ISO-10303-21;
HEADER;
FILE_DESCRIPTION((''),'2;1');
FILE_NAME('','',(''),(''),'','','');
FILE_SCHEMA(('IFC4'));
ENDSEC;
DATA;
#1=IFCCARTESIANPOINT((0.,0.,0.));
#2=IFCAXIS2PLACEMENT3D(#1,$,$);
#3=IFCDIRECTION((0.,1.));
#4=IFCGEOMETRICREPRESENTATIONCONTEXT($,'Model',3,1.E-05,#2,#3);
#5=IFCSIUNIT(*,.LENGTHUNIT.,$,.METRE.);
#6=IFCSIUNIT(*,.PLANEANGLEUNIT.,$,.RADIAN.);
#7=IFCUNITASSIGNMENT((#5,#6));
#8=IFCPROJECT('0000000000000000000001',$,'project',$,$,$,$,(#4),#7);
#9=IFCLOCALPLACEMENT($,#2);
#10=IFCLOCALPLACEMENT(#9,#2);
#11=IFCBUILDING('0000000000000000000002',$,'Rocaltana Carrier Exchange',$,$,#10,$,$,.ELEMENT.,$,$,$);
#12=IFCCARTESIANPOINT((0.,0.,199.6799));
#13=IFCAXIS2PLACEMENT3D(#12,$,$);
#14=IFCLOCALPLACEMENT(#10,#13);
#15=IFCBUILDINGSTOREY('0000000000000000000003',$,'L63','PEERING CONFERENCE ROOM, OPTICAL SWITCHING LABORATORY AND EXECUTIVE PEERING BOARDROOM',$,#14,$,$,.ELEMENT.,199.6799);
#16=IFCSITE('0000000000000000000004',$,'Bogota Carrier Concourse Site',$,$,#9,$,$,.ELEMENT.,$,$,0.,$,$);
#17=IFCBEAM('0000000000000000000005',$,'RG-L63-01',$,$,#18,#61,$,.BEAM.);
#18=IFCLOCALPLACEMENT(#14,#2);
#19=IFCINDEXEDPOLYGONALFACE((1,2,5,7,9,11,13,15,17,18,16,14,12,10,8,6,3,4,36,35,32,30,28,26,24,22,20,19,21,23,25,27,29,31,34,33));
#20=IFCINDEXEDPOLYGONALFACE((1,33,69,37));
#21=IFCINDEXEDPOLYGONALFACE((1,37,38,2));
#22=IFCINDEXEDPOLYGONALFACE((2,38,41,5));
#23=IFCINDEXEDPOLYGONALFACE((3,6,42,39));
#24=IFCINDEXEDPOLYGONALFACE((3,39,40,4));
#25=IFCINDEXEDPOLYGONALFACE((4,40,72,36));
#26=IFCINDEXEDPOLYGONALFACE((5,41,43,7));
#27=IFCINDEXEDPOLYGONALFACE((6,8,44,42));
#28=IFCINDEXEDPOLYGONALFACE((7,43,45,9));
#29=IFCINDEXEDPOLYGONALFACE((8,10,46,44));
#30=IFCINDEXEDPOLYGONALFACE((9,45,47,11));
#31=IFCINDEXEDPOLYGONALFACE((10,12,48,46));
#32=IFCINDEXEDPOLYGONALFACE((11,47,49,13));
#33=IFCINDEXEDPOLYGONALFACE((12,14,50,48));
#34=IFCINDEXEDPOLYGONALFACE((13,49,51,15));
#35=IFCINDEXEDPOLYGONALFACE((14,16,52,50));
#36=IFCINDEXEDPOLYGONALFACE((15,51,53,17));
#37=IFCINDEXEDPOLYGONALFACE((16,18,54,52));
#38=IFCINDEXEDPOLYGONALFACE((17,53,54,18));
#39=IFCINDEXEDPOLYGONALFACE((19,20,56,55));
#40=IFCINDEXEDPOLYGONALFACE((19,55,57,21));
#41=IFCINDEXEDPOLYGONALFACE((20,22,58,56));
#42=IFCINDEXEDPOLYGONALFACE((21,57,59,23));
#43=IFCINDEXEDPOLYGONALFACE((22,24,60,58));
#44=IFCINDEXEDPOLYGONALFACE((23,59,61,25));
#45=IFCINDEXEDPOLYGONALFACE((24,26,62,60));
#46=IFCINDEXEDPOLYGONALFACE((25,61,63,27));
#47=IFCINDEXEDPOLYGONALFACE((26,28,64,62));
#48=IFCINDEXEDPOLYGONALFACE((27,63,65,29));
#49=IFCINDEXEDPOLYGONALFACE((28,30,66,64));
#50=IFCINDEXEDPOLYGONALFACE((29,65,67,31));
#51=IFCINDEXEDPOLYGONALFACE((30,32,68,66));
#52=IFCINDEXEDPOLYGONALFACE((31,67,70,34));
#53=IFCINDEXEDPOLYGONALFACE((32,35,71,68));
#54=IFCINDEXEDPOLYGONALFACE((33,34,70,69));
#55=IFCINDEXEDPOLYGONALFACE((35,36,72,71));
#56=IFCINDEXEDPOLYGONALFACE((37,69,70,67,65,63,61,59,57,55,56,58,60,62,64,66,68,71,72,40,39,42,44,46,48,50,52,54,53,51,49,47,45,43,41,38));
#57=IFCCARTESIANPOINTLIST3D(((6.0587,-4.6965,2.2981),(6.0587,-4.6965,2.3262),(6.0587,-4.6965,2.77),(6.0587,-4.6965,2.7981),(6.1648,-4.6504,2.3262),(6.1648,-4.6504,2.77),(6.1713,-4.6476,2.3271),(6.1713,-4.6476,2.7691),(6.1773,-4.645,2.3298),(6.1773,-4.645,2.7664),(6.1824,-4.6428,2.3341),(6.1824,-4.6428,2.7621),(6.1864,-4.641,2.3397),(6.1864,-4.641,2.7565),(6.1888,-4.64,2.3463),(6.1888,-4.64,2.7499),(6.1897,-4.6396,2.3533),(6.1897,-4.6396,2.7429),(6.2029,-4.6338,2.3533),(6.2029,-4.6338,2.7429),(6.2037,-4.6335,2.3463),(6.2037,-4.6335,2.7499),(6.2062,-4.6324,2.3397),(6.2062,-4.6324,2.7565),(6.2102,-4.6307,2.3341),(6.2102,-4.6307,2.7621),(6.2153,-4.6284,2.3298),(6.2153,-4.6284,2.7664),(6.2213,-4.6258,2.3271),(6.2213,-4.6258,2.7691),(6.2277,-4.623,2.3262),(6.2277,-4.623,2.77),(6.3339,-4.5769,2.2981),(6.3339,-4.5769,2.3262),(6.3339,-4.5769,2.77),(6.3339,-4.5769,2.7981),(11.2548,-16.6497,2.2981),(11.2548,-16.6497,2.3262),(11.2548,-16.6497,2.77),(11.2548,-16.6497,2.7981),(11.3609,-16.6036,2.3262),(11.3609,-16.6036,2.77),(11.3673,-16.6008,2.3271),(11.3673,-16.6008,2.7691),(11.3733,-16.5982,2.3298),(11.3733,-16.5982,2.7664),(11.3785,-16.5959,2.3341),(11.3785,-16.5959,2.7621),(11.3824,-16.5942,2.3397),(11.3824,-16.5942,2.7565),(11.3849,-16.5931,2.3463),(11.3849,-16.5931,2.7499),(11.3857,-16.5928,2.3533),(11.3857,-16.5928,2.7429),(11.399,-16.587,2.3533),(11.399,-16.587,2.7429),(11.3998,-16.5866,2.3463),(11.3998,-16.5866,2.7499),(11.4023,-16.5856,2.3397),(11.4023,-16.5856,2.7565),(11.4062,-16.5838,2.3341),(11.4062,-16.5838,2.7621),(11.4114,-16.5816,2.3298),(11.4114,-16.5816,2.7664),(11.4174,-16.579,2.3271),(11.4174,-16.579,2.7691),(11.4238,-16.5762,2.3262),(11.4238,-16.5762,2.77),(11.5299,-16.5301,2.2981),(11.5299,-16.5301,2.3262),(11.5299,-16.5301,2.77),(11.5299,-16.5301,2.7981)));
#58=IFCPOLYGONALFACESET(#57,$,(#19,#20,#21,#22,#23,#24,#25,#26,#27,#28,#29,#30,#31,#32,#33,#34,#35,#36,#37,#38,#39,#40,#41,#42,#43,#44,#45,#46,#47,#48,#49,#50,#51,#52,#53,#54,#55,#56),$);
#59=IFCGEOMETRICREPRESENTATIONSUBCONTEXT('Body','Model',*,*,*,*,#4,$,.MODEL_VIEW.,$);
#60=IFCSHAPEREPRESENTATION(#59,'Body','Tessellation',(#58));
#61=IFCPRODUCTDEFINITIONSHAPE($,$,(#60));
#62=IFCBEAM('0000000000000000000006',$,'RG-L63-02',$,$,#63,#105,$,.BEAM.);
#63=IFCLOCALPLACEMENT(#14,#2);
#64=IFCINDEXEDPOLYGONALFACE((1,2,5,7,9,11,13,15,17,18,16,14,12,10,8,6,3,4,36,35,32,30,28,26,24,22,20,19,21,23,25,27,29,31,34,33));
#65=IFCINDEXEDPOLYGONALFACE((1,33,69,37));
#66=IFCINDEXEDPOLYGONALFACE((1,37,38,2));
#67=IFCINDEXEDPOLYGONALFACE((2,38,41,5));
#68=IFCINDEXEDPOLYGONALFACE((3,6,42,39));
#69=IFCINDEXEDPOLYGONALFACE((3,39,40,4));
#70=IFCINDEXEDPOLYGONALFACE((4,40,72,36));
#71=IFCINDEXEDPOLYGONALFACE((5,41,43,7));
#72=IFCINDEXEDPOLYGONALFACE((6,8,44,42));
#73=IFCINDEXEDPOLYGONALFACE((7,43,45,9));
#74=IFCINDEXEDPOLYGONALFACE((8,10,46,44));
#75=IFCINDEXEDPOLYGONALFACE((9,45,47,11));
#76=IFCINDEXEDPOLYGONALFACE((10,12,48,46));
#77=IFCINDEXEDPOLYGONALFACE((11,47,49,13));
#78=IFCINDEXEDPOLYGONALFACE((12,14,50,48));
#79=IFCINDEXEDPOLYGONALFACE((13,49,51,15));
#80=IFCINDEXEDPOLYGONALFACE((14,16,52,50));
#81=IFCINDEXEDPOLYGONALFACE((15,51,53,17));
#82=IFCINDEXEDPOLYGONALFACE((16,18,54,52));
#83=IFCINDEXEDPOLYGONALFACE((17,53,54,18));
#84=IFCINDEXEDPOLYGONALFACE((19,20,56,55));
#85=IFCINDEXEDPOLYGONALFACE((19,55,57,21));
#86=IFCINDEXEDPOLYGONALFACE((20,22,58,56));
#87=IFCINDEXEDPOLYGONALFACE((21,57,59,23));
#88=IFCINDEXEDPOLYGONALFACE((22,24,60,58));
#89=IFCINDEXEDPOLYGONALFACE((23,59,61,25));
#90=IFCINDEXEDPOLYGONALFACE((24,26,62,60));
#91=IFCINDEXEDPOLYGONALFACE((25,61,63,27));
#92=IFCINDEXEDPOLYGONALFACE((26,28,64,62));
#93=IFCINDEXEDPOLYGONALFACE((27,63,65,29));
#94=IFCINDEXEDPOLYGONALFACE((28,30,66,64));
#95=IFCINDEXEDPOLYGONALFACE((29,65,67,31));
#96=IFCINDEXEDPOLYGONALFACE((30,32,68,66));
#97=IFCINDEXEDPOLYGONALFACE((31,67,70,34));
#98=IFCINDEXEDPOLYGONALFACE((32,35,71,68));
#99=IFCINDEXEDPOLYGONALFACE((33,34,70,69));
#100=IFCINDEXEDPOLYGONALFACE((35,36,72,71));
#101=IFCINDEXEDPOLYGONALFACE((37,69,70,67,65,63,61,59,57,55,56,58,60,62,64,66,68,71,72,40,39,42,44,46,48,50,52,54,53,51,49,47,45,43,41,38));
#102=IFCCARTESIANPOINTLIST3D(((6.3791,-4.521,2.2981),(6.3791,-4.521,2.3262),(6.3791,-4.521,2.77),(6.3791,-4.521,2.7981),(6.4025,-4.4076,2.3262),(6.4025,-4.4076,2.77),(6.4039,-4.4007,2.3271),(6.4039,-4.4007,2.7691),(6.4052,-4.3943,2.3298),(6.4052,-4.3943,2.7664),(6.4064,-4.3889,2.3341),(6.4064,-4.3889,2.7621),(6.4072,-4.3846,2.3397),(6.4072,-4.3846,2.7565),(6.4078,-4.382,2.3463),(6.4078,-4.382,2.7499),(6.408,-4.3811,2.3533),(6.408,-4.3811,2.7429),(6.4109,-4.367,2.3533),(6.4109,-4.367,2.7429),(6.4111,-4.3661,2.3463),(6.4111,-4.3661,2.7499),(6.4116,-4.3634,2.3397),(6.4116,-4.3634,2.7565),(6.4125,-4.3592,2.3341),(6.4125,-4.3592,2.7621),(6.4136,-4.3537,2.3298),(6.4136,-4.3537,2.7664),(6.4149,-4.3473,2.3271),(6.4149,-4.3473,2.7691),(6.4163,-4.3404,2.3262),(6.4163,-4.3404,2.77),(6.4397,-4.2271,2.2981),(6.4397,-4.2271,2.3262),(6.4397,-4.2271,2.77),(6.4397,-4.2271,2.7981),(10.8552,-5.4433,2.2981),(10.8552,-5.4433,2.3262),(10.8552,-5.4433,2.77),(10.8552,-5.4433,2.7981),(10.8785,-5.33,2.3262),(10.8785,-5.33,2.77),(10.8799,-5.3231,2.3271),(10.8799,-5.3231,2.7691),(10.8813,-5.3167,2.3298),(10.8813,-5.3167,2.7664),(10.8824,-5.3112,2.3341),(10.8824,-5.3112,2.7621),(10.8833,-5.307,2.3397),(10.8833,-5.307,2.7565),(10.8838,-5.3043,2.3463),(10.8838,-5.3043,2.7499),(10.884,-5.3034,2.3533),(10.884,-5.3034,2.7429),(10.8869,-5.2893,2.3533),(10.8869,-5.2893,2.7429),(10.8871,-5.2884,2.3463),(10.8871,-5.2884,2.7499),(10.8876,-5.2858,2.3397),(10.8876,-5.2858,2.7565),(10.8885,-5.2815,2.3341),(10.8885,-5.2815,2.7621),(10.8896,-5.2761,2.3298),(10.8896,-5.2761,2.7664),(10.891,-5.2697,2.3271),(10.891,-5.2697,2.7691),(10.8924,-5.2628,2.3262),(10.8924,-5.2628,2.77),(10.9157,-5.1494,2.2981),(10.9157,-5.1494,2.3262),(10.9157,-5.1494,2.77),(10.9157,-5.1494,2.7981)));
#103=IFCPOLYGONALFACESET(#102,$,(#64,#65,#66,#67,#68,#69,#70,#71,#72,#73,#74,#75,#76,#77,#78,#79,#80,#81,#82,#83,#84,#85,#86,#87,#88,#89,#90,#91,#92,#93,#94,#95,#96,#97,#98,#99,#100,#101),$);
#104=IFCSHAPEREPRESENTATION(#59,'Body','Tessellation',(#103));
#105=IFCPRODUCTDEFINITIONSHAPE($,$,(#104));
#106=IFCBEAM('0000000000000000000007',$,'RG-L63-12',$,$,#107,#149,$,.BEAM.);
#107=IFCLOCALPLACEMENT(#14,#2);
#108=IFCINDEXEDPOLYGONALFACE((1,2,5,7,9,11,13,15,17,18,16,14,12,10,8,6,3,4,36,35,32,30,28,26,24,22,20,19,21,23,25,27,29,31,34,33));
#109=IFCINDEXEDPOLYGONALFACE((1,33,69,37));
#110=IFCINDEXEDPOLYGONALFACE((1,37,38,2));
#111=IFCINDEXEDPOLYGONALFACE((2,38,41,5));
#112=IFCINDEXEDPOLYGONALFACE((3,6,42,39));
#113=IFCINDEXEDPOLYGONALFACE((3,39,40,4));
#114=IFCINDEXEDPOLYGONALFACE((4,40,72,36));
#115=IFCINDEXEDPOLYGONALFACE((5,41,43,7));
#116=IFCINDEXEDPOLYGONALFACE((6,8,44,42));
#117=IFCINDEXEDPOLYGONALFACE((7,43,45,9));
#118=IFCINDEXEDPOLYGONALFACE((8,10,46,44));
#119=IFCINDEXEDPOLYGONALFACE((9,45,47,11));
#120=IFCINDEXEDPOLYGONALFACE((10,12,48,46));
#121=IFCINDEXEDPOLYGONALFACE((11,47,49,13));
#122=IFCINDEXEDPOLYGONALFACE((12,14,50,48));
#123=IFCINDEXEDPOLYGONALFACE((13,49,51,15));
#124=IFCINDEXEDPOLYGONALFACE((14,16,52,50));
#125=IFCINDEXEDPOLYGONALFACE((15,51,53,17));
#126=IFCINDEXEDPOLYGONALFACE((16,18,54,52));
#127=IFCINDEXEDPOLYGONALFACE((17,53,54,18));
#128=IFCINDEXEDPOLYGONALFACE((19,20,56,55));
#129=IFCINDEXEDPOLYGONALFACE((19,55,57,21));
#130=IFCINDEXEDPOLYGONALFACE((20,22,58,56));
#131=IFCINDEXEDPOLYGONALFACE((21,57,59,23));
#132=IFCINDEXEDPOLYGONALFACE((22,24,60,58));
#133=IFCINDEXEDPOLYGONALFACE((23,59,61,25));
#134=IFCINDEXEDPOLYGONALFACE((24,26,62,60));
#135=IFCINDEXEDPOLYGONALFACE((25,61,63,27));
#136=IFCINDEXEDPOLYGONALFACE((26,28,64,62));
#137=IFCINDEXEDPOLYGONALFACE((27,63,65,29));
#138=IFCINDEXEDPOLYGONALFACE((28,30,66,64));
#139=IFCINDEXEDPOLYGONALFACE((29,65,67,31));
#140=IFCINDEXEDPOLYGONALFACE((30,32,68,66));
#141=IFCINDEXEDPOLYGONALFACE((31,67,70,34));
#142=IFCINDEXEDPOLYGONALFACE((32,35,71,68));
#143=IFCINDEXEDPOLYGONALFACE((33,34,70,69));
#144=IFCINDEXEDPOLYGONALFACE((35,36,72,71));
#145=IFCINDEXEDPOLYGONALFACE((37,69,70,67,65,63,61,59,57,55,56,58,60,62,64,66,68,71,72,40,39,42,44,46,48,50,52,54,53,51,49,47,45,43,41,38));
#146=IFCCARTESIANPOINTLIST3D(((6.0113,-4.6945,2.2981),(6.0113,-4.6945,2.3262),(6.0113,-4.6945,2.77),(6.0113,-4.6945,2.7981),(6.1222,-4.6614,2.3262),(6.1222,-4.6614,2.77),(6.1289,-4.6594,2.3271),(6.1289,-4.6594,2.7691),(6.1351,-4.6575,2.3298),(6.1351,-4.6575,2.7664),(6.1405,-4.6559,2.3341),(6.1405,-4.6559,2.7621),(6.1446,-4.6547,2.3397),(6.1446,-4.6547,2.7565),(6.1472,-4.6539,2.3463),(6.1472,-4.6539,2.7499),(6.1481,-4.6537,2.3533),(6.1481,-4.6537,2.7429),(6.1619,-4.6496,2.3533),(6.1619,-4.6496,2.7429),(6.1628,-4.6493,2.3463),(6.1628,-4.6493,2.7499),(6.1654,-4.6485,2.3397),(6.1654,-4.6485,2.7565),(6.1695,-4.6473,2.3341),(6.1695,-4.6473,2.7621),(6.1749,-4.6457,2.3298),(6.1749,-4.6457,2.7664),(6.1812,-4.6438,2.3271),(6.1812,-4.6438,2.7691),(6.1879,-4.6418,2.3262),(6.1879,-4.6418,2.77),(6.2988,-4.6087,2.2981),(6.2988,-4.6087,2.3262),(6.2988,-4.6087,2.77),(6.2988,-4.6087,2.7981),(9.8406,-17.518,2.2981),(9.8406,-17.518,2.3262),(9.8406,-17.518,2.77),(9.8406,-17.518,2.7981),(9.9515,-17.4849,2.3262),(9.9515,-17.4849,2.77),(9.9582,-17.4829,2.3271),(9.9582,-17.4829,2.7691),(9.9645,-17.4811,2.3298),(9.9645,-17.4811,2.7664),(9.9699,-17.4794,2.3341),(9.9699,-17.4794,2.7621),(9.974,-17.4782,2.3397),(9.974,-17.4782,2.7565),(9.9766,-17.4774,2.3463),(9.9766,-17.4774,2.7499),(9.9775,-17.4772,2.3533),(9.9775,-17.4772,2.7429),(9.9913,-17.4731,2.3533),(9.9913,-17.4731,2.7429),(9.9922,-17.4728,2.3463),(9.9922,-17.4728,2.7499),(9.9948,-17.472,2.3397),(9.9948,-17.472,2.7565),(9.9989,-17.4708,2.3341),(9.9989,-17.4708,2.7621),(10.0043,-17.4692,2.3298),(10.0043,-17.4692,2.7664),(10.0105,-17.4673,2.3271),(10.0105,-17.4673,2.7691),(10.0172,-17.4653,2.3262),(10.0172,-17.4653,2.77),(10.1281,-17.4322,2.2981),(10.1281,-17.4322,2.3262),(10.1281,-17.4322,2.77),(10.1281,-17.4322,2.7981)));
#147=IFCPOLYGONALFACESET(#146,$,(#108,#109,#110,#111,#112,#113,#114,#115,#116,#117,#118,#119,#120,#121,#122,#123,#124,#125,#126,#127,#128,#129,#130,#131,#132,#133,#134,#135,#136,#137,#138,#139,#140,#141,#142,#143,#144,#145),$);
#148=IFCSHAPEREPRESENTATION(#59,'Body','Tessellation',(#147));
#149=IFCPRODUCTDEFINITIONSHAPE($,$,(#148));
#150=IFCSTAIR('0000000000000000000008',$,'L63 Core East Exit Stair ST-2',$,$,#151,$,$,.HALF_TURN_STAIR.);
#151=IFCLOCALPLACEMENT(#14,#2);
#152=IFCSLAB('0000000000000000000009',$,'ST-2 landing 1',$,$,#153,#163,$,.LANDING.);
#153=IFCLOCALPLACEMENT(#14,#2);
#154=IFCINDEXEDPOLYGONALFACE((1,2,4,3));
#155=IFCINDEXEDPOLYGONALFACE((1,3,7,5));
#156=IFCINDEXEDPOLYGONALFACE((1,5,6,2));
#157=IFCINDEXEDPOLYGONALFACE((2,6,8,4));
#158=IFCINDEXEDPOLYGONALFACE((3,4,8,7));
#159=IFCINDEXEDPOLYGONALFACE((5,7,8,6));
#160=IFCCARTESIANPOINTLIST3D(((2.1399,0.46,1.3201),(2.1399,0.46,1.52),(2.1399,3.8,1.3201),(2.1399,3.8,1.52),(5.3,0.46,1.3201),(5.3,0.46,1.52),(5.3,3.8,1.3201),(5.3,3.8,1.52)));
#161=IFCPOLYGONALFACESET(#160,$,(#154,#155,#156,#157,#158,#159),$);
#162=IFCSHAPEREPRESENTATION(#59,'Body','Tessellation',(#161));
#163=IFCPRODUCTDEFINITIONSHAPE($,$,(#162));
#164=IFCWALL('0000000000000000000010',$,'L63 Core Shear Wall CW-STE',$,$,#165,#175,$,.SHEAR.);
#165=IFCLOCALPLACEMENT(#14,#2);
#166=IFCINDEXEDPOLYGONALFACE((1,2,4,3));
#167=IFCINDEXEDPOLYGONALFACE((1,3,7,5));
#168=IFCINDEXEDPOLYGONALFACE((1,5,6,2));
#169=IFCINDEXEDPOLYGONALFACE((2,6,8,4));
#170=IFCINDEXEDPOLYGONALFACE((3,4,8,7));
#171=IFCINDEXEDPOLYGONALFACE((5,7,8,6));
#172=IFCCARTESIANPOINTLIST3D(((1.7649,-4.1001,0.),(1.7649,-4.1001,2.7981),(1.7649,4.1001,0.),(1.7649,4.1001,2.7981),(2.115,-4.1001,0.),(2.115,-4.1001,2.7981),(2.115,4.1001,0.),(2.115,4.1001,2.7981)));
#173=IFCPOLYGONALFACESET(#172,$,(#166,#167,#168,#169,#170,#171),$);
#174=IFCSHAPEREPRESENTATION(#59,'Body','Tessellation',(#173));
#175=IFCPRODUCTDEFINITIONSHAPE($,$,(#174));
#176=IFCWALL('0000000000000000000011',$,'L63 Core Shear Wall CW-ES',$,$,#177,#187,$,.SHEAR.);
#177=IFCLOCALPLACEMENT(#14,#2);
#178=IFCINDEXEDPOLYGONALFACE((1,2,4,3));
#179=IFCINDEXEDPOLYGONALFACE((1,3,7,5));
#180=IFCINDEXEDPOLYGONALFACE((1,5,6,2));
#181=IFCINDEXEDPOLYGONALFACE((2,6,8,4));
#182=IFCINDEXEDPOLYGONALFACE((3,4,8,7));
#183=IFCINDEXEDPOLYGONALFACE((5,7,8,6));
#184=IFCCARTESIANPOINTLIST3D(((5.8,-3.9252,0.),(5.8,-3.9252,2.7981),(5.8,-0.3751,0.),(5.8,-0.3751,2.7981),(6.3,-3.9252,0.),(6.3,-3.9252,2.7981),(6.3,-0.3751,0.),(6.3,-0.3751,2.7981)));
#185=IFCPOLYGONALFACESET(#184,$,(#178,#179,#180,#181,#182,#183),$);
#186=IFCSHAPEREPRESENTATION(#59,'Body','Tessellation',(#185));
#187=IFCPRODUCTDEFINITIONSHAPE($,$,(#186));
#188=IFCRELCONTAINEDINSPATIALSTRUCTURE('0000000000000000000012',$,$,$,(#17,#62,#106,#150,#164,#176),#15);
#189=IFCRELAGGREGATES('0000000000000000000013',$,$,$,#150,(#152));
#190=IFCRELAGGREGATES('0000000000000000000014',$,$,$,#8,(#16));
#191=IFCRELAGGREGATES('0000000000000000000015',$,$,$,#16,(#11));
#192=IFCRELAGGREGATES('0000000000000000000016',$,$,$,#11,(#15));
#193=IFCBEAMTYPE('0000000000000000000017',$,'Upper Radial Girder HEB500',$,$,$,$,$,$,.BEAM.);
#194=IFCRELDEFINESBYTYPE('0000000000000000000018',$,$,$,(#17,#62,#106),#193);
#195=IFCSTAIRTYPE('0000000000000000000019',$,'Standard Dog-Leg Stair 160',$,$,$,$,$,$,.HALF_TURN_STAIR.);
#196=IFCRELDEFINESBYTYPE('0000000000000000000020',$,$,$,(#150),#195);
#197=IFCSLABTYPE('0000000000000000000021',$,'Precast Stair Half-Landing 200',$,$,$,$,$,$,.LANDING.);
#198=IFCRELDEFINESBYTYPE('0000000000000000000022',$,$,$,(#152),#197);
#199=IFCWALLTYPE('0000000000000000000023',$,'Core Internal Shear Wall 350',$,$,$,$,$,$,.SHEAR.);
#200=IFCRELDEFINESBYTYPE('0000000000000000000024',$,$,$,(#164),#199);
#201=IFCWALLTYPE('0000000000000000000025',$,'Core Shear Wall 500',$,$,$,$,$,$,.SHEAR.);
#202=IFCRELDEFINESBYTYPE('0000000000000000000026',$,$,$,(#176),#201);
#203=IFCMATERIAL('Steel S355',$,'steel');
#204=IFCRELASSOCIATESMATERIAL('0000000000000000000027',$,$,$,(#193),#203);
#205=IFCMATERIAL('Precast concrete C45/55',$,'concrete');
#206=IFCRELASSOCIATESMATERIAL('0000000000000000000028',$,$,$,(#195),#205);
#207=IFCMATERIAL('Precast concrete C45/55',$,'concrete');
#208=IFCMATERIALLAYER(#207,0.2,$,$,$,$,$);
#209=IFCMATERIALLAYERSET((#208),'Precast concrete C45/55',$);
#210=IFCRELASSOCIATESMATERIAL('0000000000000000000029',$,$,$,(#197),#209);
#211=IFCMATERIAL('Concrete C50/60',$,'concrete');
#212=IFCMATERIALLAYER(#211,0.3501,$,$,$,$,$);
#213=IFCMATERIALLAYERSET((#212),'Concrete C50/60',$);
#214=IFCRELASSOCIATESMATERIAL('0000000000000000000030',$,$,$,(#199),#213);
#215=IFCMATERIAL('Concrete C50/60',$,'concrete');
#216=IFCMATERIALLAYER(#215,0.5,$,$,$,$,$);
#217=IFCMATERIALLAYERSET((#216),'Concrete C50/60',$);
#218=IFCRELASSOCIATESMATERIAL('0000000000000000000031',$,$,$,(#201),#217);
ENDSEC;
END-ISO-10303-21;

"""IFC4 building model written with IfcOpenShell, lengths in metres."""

from ifc_helpers import new_model, si_unit, direction, frame, frame_2d, origin, origin_2d, place, context, subcontext, project, spatial, polyline, rectangle, i_section, outline, extrude, material, layer, layer_set, material_profile, profile_set, type_object, element, aggregate, save


model = new_model("IFC4")

# Units and contexts
model_context = context("Model", 3, precision=1e-05, world=origin(), true_north=direction((0.0, 1.0)))
body_context = subcontext(model_context, "Body", "Model", "MODEL_VIEW")
ifc_project = project(units=[si_unit("LENGTHUNIT", "METRE"), si_unit("PLANEANGLEUNIT", "RADIAN")], contexts=[model_context])

# Site, building, storey
site_placement = place(None, origin())
site = spatial("IfcSite", under=ifc_project, at=site_placement, Name="Bogota Carrier Concourse Site", CompositionType="ELEMENT", RefElevation=0.0)
building_placement = place(site_placement, origin())
building = spatial("IfcBuilding", under=site, at=building_placement, Name="Rocaltana Carrier Exchange", CompositionType="ELEMENT")
storey_placement = place(building_placement, frame((0.0, 0.0, 199.6799)))
storey = spatial("IfcBuildingStorey", under=building, at=storey_placement, Name="L63", Description="PEERING CONFERENCE ROOM, OPTICAL SWITCHING LABORATORY AND EXECUTIVE PEERING BOARDROOM", CompositionType="ELEMENT", Elevation=199.6799)

# Beams
ifc_material_1 = material(Name="Steel S355", Category="steel")
ifc_material_profile_1 = material_profile(ifc_material_1, i_section(OverallWidth=0.3, OverallDepth=0.5, WebThickness=0.0144, FlangeThickness=0.0281, FilletRadius=0.0271, at=origin_2d()), Name="HEB500")
ifc_profile_set_1 = profile_set([ifc_material_profile_1], Name="Steel S355")
beam_type_1 = type_object("IfcBeamType", Name="Upper Radial Girder HEB500", PredefinedType="BEAM", material=ifc_profile_set_1)
beam_1_placement = place(storey_placement, frame((6.1963, -4.6367, 2.5481), z_axis=(0.398664, -0.917097, 0.0), x_axis=(0.917097, 0.398664, 0.0)))
element("IfcBeam", 1, at=beam_1_placement, inside=storey, type_object=beam_type_1, Name="RG-L63-01", PredefinedType="BEAM", context=body_context, shape_type="SweptSolid", body=[
    extrude(i_section(OverallWidth=0.3, OverallDepth=0.5, WebThickness=0.0144, FlangeThickness=0.0281, FilletRadius=0.0271, at=origin_2d()), origin(), (0.0, 0.0, 1.0), 13.0337),
])
beam_2_placement = place(storey_placement, frame((6.4094, -4.374, 2.5481), z_axis=(0.979422, -0.201825, 0.0), x_axis=(0.201825, 0.979422, 0.0)))
element("IfcBeam", 2, at=beam_2_placement, inside=storey, type_object=beam_type_1, Name="RG-L63-02", PredefinedType="BEAM", context=body_context, shape_type="SweptSolid", body=[
    extrude(i_section(OverallWidth=0.3, OverallDepth=0.5, WebThickness=0.0144, FlangeThickness=0.0281, FilletRadius=0.0271, at=origin_2d()), origin(), (0.0, 0.0, 1.0), 4.5701),
])
beam_3_placement = place(storey_placement, frame((6.155, -4.6516, 2.5481), z_axis=(0.286134, -0.95819, 0.0), x_axis=(0.95819, 0.286134, 0.0)))
element("IfcBeam", 3, at=beam_3_placement, inside=storey, type_object=beam_type_1, Name="RG-L63-12", PredefinedType="BEAM", context=body_context, shape_type="SweptSolid", body=[
    extrude(i_section(OverallWidth=0.3, OverallDepth=0.5, WebThickness=0.0144, FlangeThickness=0.0281, FilletRadius=0.0271, at=origin_2d()), origin(), (0.0, 0.0, 1.0), 13.3831),
])

# Stair, slab
ifc_material_2 = material(Name="Precast concrete C45/55", Category="concrete")
stair_type = type_object("IfcStairType", Name="Standard Dog-Leg Stair 160", PredefinedType="HALF_TURN_STAIR", material=ifc_material_2)
stair_placement = place(storey_placement, origin())
stair = element("IfcStair", 4, at=stair_placement, inside=storey, type_object=stair_type, Name="L63 Core East Exit Stair ST-2", PredefinedType="HALF_TURN_STAIR")
ifc_material_3 = material(Name="Precast concrete C45/55", Category="concrete")
ifc_layer_1 = layer(ifc_material_3, 0.2)
ifc_layer_set_1 = layer_set([ifc_layer_1], Name="Precast concrete C45/55")
slab_type = type_object("IfcSlabType", Name="Precast Stair Half-Landing 200", PredefinedType="LANDING", material=ifc_layer_set_1)
slab_placement = place(storey_placement, frame((0.0, 0.0, 1.3201)))
slab = element("IfcSlab", 5, at=slab_placement, type_object=slab_type, Name="ST-2 landing 1", PredefinedType="LANDING", context=body_context, shape_type="SweptSolid", body=[
    extrude(outline(polyline([(5.3, 0.46), (5.3, 3.8), (2.1399, 3.8), (2.1399, 0.46), (5.3, 0.46)])), origin(), (0.0, 0.0, 1.0), 0.2),
])

# Walls
ifc_material_4 = material(Name="Concrete C50/60", Category="concrete")
ifc_layer_2 = layer(ifc_material_4, 0.3501)
ifc_layer_set_2 = layer_set([ifc_layer_2], Name="Concrete C50/60")
wall_type_1 = type_object("IfcWallType", Name="Core Internal Shear Wall 350", PredefinedType="SHEAR", material=ifc_layer_set_2)
wall_1_placement = place(storey_placement, frame((1.9399, -4.1001, 0.0), z_axis=(0.0, 0.0, 1.0), x_axis=(0.0, 1.0, 0.0)))
element("IfcWall", 6, at=wall_1_placement, inside=storey, type_object=wall_type_1, Name="L63 Core Shear Wall CW-STE", PredefinedType="SHEAR", context=body_context, shape_type="SweptSolid", body=[
    extrude(rectangle(XDim=8.2002, YDim=0.3501, at=frame_2d((4.1001, 0.0))), origin(), (0.0, 0.0, 1.0), 2.7981),
])
ifc_material_5 = material(Name="Concrete C50/60", Category="concrete")
ifc_layer_3 = layer(ifc_material_5, 0.5)
ifc_layer_set_3 = layer_set([ifc_layer_3], Name="Concrete C50/60")
wall_type_2 = type_object("IfcWallType", Name="Core Shear Wall 500", PredefinedType="SHEAR", material=ifc_layer_set_3)
wall_2_placement = place(storey_placement, frame((6.05, -3.925, 0.0), z_axis=(0.0, 0.0, 1.0), x_axis=(0.0, 1.0, 0.0)))
element("IfcWall", 7, at=wall_2_placement, inside=storey, type_object=wall_type_2, Name="L63 Core Shear Wall CW-ES", PredefinedType="SHEAR", context=body_context, shape_type="SweptSolid", body=[
    extrude(rectangle(XDim=3.55, YDim=0.5, at=frame_2d((1.7749, 0.0))), origin(), (0.0, 0.0, 1.0), 2.7981),
])

aggregate(stair, [slab])

save(model, "model.ifc")
